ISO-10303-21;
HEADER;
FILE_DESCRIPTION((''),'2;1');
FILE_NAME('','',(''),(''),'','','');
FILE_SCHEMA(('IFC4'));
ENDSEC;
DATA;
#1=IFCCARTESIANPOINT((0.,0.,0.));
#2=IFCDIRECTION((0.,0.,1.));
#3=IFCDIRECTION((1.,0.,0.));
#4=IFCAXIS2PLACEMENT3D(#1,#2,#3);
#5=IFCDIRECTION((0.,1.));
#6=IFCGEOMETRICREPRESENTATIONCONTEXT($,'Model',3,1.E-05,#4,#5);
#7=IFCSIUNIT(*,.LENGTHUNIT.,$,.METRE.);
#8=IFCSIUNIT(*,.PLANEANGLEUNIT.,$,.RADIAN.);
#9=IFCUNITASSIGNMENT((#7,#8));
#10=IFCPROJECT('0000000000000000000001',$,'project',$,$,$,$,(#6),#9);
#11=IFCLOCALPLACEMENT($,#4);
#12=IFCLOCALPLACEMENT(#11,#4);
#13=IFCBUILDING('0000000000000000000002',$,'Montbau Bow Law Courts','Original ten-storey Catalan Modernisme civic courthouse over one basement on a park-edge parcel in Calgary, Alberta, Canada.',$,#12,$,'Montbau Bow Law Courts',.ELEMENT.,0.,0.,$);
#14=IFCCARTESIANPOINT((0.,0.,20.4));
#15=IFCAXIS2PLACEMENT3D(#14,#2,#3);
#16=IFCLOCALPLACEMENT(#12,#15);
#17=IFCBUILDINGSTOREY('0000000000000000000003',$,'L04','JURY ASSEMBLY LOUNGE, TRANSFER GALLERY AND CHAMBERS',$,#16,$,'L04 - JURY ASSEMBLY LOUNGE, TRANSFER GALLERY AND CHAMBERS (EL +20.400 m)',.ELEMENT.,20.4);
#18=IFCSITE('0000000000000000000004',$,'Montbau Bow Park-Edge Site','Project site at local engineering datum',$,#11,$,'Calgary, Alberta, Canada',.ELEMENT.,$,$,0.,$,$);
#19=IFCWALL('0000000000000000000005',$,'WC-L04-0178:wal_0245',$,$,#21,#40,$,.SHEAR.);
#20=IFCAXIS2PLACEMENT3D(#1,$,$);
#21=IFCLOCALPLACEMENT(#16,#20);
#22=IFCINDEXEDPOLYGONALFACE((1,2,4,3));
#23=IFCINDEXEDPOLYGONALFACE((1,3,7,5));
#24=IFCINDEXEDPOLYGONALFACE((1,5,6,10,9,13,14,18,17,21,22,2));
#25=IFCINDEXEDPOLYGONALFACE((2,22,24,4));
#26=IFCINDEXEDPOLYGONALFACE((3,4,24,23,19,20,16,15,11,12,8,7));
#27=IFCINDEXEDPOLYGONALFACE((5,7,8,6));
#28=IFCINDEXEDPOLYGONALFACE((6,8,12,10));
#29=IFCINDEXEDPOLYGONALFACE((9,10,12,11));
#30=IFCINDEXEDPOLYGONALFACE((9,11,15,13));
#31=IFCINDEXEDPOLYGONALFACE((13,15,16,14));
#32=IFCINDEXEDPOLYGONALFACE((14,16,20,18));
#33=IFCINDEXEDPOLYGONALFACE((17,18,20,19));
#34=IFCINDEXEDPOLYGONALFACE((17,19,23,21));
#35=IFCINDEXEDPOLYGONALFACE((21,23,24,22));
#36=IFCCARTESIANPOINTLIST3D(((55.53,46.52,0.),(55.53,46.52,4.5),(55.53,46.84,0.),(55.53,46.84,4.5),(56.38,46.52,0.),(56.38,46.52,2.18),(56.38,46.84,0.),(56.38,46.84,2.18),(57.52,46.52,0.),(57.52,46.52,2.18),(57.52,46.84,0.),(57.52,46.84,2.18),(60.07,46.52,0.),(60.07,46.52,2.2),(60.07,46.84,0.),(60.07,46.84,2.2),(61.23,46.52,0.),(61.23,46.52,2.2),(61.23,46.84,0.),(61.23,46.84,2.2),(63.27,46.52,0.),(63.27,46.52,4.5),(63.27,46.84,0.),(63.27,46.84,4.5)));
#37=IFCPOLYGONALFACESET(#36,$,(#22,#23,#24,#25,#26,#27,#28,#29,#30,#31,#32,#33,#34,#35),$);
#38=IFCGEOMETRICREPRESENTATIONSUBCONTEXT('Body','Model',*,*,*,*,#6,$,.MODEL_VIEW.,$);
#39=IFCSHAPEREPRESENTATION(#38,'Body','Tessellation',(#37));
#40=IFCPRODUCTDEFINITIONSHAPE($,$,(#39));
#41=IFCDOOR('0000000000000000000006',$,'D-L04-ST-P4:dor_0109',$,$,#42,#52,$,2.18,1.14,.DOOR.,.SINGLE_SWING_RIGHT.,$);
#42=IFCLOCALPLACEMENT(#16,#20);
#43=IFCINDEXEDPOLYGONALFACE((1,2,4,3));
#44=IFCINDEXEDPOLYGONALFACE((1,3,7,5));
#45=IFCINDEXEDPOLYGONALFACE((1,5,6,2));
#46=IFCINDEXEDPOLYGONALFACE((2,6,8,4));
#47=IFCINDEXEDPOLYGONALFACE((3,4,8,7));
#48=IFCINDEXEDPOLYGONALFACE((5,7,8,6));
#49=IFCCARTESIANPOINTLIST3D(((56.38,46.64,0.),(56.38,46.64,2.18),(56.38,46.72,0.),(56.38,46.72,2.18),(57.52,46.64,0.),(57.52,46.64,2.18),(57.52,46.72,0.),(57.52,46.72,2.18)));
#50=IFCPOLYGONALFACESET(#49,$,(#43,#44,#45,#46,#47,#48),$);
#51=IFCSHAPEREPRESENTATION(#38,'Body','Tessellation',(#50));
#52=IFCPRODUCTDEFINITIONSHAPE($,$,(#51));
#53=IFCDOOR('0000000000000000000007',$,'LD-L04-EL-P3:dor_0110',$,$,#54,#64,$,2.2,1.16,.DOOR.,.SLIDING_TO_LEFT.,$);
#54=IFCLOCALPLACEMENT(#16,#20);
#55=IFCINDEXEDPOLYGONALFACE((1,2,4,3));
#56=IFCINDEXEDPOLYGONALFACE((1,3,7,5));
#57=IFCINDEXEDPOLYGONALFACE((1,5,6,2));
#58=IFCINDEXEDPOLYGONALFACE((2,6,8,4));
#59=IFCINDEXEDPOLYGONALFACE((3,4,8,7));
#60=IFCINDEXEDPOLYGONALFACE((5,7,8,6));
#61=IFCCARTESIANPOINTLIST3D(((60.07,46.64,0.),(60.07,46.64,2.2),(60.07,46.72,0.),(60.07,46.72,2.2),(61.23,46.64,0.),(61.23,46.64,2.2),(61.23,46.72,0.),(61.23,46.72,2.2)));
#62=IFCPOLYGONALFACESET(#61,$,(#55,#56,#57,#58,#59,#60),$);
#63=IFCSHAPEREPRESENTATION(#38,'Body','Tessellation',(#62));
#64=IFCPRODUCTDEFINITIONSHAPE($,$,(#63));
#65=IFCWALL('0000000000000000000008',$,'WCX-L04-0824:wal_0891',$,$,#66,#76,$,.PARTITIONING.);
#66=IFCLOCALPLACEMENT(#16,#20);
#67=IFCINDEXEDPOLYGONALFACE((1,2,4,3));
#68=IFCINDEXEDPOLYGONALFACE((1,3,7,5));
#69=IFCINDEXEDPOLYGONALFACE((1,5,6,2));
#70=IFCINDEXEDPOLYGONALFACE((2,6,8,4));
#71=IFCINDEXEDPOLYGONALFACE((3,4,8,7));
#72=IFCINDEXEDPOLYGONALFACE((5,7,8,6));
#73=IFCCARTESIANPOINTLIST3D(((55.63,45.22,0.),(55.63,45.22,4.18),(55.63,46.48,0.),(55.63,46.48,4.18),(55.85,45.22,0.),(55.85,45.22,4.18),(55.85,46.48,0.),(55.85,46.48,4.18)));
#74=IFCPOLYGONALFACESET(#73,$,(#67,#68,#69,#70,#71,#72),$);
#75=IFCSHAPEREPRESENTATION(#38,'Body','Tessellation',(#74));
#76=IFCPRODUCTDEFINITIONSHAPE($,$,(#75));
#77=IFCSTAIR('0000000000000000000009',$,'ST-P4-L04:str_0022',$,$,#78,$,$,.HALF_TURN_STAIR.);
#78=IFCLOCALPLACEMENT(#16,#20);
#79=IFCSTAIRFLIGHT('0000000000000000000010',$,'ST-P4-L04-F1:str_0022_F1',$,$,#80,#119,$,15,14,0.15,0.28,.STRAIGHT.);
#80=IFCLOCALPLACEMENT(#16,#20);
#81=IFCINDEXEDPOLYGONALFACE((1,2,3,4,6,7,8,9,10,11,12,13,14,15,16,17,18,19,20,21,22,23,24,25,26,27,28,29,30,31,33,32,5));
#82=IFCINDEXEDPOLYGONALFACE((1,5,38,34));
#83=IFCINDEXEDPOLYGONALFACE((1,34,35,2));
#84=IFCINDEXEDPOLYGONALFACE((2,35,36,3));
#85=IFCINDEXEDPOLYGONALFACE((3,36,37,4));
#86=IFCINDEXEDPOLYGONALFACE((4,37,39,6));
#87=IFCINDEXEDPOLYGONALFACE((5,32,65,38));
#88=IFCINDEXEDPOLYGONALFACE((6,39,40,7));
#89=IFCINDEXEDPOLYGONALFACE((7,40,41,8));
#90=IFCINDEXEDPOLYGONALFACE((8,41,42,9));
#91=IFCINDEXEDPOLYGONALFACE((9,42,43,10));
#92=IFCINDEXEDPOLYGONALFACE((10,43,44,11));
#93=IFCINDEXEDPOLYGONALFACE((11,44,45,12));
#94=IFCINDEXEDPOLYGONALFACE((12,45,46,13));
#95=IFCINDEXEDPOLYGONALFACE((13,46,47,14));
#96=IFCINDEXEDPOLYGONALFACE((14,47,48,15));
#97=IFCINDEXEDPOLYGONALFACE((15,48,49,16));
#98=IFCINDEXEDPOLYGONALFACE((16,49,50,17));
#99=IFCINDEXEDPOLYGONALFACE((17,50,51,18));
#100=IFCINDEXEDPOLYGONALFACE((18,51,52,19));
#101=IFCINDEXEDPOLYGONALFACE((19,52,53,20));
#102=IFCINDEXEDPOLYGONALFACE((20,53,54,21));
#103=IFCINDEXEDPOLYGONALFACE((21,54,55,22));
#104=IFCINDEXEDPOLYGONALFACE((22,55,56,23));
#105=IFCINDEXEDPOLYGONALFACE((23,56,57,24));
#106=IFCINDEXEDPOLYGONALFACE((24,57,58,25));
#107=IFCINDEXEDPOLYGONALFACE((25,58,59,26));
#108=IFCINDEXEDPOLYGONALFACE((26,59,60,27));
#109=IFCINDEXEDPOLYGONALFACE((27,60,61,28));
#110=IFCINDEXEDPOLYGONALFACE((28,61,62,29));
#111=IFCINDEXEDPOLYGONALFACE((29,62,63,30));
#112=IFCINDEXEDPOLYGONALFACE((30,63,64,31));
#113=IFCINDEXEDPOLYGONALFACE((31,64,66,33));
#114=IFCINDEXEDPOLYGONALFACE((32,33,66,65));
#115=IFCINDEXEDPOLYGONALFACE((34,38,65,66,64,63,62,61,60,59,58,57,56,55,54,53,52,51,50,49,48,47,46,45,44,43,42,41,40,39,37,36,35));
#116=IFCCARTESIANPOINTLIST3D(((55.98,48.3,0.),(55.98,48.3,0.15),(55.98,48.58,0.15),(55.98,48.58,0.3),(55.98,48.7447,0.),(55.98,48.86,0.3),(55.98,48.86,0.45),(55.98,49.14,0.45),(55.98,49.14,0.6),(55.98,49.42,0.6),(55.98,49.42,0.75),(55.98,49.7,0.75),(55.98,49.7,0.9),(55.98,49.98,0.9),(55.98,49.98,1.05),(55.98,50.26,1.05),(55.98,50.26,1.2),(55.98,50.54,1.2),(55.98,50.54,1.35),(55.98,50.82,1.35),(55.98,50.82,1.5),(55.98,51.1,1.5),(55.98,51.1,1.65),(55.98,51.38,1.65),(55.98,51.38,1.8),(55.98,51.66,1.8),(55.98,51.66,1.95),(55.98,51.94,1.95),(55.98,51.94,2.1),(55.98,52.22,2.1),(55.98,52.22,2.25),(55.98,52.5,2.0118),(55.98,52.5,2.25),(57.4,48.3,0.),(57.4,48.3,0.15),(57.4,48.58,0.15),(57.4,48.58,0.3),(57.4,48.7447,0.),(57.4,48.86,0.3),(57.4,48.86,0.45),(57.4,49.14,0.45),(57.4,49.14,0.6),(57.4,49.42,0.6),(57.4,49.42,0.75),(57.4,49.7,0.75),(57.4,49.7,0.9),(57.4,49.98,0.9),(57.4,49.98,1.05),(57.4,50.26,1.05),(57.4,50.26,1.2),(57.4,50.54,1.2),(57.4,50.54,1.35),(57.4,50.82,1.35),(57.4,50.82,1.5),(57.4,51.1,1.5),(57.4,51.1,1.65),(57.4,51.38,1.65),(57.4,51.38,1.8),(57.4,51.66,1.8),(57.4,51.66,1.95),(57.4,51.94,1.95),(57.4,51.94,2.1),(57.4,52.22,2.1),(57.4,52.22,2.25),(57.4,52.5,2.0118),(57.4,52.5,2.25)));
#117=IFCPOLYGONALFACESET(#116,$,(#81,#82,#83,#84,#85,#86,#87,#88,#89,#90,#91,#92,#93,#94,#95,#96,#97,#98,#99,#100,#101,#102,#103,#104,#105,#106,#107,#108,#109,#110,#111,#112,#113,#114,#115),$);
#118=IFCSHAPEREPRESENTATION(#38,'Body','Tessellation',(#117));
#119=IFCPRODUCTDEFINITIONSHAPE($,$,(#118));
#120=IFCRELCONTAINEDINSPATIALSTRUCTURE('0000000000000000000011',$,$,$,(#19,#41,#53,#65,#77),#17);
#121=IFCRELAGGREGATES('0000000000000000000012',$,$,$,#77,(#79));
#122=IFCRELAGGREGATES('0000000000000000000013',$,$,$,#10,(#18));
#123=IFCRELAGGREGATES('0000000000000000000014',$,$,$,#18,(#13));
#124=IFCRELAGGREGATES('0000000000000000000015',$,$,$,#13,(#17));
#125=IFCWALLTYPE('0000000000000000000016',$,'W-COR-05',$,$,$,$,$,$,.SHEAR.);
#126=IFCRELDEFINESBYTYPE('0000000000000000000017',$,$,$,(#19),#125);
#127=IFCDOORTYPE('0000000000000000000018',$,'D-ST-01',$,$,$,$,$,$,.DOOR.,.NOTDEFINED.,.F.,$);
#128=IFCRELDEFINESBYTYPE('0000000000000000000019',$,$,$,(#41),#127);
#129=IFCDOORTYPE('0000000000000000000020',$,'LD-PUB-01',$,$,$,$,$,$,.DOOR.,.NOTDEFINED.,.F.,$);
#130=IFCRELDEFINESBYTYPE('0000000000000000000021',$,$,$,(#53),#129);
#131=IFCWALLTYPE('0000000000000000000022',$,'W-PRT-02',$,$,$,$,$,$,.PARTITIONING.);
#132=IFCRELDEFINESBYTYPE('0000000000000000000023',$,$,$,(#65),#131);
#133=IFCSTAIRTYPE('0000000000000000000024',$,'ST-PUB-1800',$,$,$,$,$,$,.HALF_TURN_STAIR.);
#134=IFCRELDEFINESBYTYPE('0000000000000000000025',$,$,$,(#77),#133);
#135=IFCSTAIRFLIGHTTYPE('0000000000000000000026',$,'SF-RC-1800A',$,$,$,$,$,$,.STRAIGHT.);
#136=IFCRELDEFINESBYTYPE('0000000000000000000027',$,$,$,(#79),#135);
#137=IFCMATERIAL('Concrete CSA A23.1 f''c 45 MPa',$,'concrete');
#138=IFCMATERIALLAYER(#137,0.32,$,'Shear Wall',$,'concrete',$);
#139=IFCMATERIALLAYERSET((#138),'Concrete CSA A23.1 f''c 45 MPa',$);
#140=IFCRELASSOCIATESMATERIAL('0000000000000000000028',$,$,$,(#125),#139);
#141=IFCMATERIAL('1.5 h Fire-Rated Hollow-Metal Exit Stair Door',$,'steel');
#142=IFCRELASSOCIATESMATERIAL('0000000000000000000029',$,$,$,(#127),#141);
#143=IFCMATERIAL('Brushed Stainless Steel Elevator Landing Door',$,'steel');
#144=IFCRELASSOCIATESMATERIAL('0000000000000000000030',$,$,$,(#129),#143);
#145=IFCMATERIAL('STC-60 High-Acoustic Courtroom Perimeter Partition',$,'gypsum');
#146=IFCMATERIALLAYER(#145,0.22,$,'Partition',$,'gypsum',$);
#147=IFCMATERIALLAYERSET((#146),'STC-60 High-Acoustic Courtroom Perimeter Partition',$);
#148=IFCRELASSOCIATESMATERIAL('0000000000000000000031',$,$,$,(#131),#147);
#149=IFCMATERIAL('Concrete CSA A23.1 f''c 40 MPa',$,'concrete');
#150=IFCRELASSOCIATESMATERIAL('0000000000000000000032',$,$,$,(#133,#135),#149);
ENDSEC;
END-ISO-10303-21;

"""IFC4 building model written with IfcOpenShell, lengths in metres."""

from ifc_helpers import new_model, si_unit, direction, frame, frame_2d, origin_with_axes, place, context, subcontext, project, spatial, polyline, rectangle, outline, extrude, material, layer, layer_set, type_object, element, fill, aggregate, save


model = new_model("IFC4")

# Units and contexts
model_context = context("Model", 3, precision=1e-05, world=origin_with_axes(), true_north=direction((0.0, 1.0)))
body_context = subcontext(model_context, "Body", "Model", "MODEL_VIEW")
ifc_project = project(units=[si_unit("LENGTHUNIT", "METRE"), si_unit("PLANEANGLEUNIT", "RADIAN")], contexts=[model_context])

# Site, building, storey
site_placement = place(None, origin_with_axes())
site = spatial("IfcSite", under=ifc_project, at=site_placement, Name="Montbau Bow Park-Edge Site", Description="Project site at local engineering datum", LongName="Calgary, Alberta, Canada", CompositionType="ELEMENT", RefElevation=0.0)
building_placement = place(site_placement, origin_with_axes())
building = spatial("IfcBuilding", under=site, at=building_placement, Name="Montbau Bow Law Courts", Description="Original ten-storey Catalan Modernisme civic courthouse over one basement on a park-edge parcel in Calgary, Alberta, Canada.", LongName="Montbau Bow Law Courts", CompositionType="ELEMENT", ElevationOfRefHeight=0.0, ElevationOfTerrain=0.0)
storey_placement = place(building_placement, frame((0.0, 0.0, 20.4), z_axis=(0.0, 0.0, 1.0), x_axis=(1.0, 0.0, 0.0)))
storey = spatial("IfcBuildingStorey", under=building, at=storey_placement, Name="L04", Description="JURY ASSEMBLY LOUNGE, TRANSFER GALLERY AND CHAMBERS", LongName="L04 - JURY ASSEMBLY LOUNGE, TRANSFER GALLERY AND CHAMBERS (EL +20.400 m)", CompositionType="ELEMENT", Elevation=20.4)

# Wall, openings, doors
ifc_material_1 = material(Name="Concrete CSA A23.1 f'c 45 MPa", Category="concrete")
ifc_layer_1 = layer(ifc_material_1, 0.32, Name="Shear Wall", Category="concrete")
ifc_layer_set_1 = layer_set([ifc_layer_1], Name="Concrete CSA A23.1 f'c 45 MPa")
wall_type_1 = type_object("IfcWallType", Name="W-COR-05", PredefinedType="SHEAR", material=ifc_layer_set_1)
wall_1_placement = place(None, frame((55.53, 46.68, 20.4), z_axis=(0.0, 0.0, 1.0), x_axis=(1.0, 0.0, 0.0)))
wall_1 = element("IfcWall", 1, at=wall_1_placement, inside=storey, type_object=wall_type_1, Name="WC-L04-0178:wal_0245", PredefinedType="SHEAR", context=body_context, shape_type="SweptSolid", body=[
    extrude(rectangle(XDim=7.74, YDim=0.32, at=frame_2d((3.87, 0.0), x_axis=(1.0, 0.0))), origin_with_axes(), (0.0, 0.0, 1.0), 4.5),
])
opening_1_placement = place(None, frame((56.95, 46.68, 20.4), z_axis=(0.0, 0.0, 1.0), x_axis=(1.0, 0.0, 0.0)))
opening_1 = element("IfcOpeningElement", 2, at=opening_1_placement, cuts=wall_1, PredefinedType="OPENING", context=body_context, shape_type="SweptSolid", body=[
    extrude(rectangle(XDim=1.14, YDim=2.18, at=frame_2d((0.0, 1.09), x_axis=(1.0, 0.0))), frame((0.0, 0.17, 0.0), z_axis=(0.0, -1.0, 0.0), x_axis=(1.0, 0.0, 0.0)), (0.0, 0.0, 1.0), 0.34),
])
opening_2_placement = place(None, frame((60.65, 46.68, 20.4), z_axis=(0.0, 0.0, 1.0), x_axis=(1.0, 0.0, 0.0)))
opening_2 = element("IfcOpeningElement", 3, at=opening_2_placement, cuts=wall_1, PredefinedType="OPENING", context=body_context, shape_type="SweptSolid", body=[
    extrude(rectangle(XDim=1.16, YDim=2.2, at=frame_2d((0.0, 1.1), x_axis=(1.0, 0.0))), frame((0.0, 0.17, 0.0), z_axis=(0.0, -1.0, 0.0), x_axis=(1.0, 0.0, 0.0)), (0.0, 0.0, 1.0), 0.34),
])
ifc_material_2 = material(Name="1.5 h Fire-Rated Hollow-Metal Exit Stair Door", Category="steel")
door_type_1 = type_object("IfcDoorType", Name="D-ST-01", OperationType="NOTDEFINED", ParameterTakesPrecedence=False, PredefinedType="DOOR", material=ifc_material_2)
door_1_placement = place(None, frame((56.95, 46.68, 20.4), z_axis=(0.0, 0.0, 1.0), x_axis=(-1.0, 0.0, 0.0)))
door_1 = element("IfcDoor", 4, at=door_1_placement, inside=storey, type_object=door_type_1, Name="D-L04-ST-P4:dor_0109", OperationType="SINGLE_SWING_RIGHT", OverallHeight=2.18, OverallWidth=1.14, PredefinedType="DOOR", context=body_context, shape_type="SweptSolid", body=[
    extrude(rectangle(XDim=1.14, YDim=2.18, at=frame_2d((0.0, 1.09), x_axis=(1.0, 0.0))), frame((0.0, 0.04, 0.0), z_axis=(0.0, -1.0, 0.0), x_axis=(1.0, 0.0, 0.0)), (0.0, 0.0, 1.0), 0.08),
])
fill(opening_1, door_1)
ifc_material_3 = material(Name="Brushed Stainless Steel Elevator Landing Door", Category="steel")
door_type_2 = type_object("IfcDoorType", Name="LD-PUB-01", OperationType="NOTDEFINED", ParameterTakesPrecedence=False, PredefinedType="DOOR", material=ifc_material_3)
door_2_placement = place(None, frame((60.65, 46.68, 20.4), z_axis=(0.0, 0.0, 1.0), x_axis=(-1.0, 0.0, 0.0)))
door_2 = element("IfcDoor", 5, at=door_2_placement, inside=storey, type_object=door_type_2, Name="LD-L04-EL-P3:dor_0110", OperationType="SLIDING_TO_LEFT", OverallHeight=2.2, OverallWidth=1.16, PredefinedType="DOOR", context=body_context, shape_type="SweptSolid", body=[
    extrude(rectangle(XDim=1.16, YDim=2.2, at=frame_2d((0.0, 1.1), x_axis=(1.0, 0.0))), frame((0.0, 0.04, 0.0), z_axis=(0.0, -1.0, 0.0), x_axis=(1.0, 0.0, 0.0)), (0.0, 0.0, 1.0), 0.08),
])
fill(opening_2, door_2)

# Wall
ifc_material_4 = material(Name="STC-60 High-Acoustic Courtroom Perimeter Partition", Category="gypsum")
ifc_layer_2 = layer(ifc_material_4, 0.22, Name="Partition", Category="gypsum")
ifc_layer_set_2 = layer_set([ifc_layer_2], Name="STC-60 High-Acoustic Courtroom Perimeter Partition")
wall_type_2 = type_object("IfcWallType", Name="W-PRT-02", PredefinedType="PARTITIONING", material=ifc_layer_set_2)
wall_2_placement = place(None, frame((55.74, 45.22, 20.4), z_axis=(0.0, 0.0, 1.0), x_axis=(0.0, 1.0, 0.0)))
element("IfcWall", 6, at=wall_2_placement, inside=storey, type_object=wall_type_2, Name="WCX-L04-0824:wal_0891", PredefinedType="PARTITIONING", context=body_context, shape_type="SweptSolid", body=[
    extrude(rectangle(XDim=1.26, YDim=0.22, at=frame_2d((0.63, 0.0), x_axis=(1.0, 0.0))), origin_with_axes(), (0.0, 0.0, 1.0), 4.18),
])

# Stair, stair flight
ifc_material_5 = material(Name="Concrete CSA A23.1 f'c 40 MPa", Category="concrete")
stair_type = type_object("IfcStairType", Name="ST-PUB-1800", PredefinedType="HALF_TURN_STAIR", material=ifc_material_5)
stair_placement = place(None, frame((56.69, 48.3, 20.4), z_axis=(0.0, 0.0, 1.0), x_axis=(1.0, 0.0, 0.0)))
stair = element("IfcStair", 7, at=stair_placement, inside=storey, type_object=stair_type, Name="ST-P4-L04:str_0022", PredefinedType="HALF_TURN_STAIR")
stair_flight_type = type_object("IfcStairFlightType", Name="SF-RC-1800A", PredefinedType="STRAIGHT", material=ifc_material_5)
stair_flight_placement = place(None, frame((56.69, 48.3, 20.4), z_axis=(0.0, 0.0, 1.0), x_axis=(0.0, 1.0, 0.0)))
stair_flight = element("IfcStairFlight", 8, at=stair_flight_placement, type_object=stair_flight_type, Name="ST-P4-L04-F1:str_0022_F1", NumberOfRisers=15, NumberOfTreads=14, PredefinedType="STRAIGHT", RiserHeight=0.15, TreadLength=0.28, context=body_context, shape_type="SweptSolid", body=[
    extrude(outline(polyline([(0.0, 0.0), (0.0, 0.15), (0.28, 0.15), (0.28, 0.3), (0.56, 0.3), (0.56, 0.45), (0.84, 0.45), (0.84, 0.6), (1.12, 0.6), (1.12, 0.75), (1.4, 0.75), (1.4, 0.9), (1.68, 0.9), (1.68, 1.05), (1.96, 1.05), (1.96, 1.2), (2.24, 1.2), (2.24, 1.35), (2.52, 1.35), (2.52, 1.5), (2.8, 1.5), (2.8, 1.65), (3.08, 1.65), (3.08, 1.8), (3.36, 1.8), (3.36, 1.95), (3.64, 1.95), (3.64, 2.1), (3.92, 2.1), (3.92, 2.25), (4.2, 2.25), (4.2, 2.0118), (0.4447, 0.0), (0.0, 0.0)])), frame((0.0, 0.71, 0.0), z_axis=(0.0, -1.0, 0.0), x_axis=(1.0, 0.0, 0.0)), (0.0, 0.0, 1.0), 1.42),
])
aggregate(stair, [stair_flight])

save(model, "model.ifc")
